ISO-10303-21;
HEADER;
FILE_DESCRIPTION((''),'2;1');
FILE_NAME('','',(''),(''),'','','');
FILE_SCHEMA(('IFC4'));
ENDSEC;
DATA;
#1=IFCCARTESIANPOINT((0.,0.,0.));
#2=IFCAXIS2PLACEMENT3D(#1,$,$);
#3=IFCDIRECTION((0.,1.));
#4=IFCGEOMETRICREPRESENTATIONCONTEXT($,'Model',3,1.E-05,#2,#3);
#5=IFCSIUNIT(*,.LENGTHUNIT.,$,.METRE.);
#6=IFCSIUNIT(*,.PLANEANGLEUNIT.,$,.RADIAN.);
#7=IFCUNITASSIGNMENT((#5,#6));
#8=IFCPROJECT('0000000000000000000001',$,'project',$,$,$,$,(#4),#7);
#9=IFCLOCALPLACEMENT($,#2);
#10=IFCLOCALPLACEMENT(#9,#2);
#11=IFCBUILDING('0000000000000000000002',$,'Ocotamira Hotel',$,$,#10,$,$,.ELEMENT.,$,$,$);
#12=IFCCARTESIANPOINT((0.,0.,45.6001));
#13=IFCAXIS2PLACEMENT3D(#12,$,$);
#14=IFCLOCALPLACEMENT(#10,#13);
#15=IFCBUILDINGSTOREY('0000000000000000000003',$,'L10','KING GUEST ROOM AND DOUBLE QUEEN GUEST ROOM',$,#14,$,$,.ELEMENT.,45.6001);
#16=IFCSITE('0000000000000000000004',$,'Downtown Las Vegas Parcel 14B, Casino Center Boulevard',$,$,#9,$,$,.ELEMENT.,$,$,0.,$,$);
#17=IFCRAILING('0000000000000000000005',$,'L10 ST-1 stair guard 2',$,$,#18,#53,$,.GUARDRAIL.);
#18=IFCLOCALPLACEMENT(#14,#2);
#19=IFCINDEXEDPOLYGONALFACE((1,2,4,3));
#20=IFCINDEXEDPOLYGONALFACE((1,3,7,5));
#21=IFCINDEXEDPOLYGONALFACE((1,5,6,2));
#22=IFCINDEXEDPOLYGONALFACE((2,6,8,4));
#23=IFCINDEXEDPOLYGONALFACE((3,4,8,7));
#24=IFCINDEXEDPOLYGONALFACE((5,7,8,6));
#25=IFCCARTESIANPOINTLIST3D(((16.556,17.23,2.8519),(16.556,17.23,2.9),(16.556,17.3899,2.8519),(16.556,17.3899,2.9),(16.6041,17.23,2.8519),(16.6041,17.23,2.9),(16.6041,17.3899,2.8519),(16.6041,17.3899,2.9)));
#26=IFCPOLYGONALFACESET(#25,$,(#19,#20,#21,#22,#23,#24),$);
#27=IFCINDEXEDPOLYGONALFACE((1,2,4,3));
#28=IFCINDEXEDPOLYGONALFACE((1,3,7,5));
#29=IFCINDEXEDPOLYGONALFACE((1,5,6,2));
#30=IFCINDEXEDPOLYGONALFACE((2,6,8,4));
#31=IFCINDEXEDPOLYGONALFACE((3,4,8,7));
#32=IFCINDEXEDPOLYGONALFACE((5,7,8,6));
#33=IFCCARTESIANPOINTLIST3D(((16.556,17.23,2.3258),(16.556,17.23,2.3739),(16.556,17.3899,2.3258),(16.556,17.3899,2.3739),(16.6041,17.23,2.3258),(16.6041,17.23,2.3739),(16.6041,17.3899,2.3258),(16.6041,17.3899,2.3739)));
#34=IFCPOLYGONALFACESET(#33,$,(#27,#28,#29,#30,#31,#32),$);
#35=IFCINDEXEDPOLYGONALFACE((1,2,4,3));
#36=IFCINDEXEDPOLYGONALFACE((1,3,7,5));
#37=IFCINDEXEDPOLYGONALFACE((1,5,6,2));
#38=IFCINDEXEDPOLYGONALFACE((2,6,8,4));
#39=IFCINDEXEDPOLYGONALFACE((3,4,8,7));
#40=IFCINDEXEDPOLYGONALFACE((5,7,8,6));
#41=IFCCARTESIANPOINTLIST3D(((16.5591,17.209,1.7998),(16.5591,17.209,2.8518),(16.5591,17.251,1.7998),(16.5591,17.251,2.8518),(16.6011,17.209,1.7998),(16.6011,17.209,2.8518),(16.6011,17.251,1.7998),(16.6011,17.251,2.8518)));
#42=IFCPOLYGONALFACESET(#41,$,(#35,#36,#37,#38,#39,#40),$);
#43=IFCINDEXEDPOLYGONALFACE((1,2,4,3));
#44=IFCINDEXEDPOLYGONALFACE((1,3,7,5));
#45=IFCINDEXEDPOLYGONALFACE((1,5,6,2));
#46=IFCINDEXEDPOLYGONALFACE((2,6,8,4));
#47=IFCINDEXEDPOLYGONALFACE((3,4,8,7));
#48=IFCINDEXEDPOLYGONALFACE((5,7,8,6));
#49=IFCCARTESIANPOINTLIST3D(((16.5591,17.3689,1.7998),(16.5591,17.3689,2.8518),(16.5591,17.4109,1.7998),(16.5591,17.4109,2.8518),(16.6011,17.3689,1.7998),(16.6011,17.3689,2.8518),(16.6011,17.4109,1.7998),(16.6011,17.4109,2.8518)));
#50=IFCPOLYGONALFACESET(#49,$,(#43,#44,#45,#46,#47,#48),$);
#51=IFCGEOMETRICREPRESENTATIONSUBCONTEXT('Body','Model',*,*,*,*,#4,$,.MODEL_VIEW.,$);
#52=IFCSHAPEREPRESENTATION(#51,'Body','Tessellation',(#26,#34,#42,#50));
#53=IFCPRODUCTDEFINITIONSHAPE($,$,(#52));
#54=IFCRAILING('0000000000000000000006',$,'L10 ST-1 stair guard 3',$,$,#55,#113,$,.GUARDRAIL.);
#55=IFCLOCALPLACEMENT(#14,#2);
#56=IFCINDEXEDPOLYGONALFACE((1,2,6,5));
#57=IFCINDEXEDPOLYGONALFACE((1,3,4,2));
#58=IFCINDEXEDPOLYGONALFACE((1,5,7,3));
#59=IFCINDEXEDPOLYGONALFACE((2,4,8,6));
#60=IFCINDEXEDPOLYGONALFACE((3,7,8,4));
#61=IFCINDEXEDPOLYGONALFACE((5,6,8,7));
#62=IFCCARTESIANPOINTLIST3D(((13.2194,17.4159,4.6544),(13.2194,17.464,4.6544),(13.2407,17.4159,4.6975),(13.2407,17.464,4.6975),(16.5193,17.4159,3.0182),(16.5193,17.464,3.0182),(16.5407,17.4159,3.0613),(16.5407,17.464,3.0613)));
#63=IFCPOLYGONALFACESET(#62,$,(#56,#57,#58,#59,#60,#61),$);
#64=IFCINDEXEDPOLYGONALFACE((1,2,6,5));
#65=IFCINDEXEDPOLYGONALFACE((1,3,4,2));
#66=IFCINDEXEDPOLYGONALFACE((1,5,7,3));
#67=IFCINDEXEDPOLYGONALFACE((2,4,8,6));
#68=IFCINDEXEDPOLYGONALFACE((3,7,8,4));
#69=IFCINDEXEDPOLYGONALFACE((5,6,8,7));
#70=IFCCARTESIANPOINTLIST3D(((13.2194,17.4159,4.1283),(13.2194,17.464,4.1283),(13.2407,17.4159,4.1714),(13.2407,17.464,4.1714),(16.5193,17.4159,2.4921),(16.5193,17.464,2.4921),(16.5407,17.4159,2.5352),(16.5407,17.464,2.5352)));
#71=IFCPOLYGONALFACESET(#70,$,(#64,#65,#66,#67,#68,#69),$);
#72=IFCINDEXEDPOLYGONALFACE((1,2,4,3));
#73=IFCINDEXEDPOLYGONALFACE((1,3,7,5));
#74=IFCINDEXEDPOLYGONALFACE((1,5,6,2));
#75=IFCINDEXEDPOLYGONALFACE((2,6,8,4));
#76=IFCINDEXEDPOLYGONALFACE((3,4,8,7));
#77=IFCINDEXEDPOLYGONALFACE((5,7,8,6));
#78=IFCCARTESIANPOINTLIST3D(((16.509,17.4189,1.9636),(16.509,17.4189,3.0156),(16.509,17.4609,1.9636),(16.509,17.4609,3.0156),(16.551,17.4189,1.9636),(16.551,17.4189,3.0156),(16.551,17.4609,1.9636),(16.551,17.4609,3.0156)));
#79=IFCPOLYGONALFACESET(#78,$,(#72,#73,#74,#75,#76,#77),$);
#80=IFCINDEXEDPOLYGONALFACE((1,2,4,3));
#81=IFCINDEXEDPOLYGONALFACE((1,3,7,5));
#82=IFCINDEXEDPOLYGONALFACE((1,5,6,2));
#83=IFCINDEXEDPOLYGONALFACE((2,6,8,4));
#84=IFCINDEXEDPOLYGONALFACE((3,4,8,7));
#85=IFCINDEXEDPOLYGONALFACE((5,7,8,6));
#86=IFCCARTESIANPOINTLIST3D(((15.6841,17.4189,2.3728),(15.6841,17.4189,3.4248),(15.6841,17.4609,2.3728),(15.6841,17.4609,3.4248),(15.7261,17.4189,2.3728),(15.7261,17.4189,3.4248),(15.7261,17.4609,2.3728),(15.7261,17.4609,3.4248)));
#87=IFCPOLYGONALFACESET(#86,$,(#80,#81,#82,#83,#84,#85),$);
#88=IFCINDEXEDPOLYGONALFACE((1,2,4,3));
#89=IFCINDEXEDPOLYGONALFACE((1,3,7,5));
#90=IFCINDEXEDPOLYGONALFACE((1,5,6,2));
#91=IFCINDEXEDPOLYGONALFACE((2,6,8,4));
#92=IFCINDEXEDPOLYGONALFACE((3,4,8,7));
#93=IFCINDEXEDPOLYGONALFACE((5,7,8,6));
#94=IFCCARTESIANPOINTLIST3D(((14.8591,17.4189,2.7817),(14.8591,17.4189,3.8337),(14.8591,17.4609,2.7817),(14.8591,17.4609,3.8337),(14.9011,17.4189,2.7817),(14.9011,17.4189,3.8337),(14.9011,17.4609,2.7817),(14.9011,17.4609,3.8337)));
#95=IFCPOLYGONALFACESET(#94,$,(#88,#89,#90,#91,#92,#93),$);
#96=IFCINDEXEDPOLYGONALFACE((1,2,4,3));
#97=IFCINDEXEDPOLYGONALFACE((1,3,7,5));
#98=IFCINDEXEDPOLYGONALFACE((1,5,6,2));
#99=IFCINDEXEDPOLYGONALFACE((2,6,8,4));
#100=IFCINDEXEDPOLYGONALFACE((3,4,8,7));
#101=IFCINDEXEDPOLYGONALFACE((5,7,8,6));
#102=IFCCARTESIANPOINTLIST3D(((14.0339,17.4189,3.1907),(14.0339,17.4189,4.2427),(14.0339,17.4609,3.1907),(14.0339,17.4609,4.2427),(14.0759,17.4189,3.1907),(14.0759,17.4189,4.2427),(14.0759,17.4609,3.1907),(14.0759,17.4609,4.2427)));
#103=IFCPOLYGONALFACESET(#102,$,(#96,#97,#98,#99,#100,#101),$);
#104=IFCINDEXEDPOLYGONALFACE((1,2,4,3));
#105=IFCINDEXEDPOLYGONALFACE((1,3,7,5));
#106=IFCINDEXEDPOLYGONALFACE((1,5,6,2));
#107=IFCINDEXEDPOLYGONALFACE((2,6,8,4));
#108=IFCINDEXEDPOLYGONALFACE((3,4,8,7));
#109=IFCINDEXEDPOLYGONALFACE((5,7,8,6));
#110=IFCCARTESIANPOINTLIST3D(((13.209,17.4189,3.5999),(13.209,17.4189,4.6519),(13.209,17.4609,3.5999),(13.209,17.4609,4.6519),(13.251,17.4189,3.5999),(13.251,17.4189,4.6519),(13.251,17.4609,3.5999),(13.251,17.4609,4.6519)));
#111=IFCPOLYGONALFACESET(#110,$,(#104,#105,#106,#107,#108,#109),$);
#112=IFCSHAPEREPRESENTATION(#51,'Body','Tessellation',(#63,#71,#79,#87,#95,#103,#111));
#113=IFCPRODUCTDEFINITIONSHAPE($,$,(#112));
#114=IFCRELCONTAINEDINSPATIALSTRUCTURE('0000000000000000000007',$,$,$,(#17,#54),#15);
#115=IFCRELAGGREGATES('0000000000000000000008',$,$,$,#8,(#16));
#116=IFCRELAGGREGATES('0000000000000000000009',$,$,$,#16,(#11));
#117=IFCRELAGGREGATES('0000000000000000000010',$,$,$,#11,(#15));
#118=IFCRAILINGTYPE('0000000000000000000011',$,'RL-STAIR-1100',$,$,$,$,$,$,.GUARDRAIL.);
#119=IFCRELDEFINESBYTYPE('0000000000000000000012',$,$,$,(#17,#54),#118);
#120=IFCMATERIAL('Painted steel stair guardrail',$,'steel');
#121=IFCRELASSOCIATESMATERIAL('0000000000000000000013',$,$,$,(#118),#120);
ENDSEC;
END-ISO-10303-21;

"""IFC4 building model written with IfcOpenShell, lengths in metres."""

from ifc_helpers import new_model, si_unit, direction, frame, origin, origin_2d, place, context, subcontext, project, spatial, rectangle, extrude, material, type_object, element, save


model = new_model("IFC4")

# Units and contexts
model_context = context("Model", 3, precision=1e-05, world=origin(), true_north=direction((0.0, 1.0)))
body_context = subcontext(model_context, "Body", "Model", "MODEL_VIEW")
ifc_project = project(units=[si_unit("LENGTHUNIT", "METRE"), si_unit("PLANEANGLEUNIT", "RADIAN")], contexts=[model_context])

# Site, building, storey
site_placement = place(None, origin())
site = spatial("IfcSite", under=ifc_project, at=site_placement, Name="Downtown Las Vegas Parcel 14B, Casino Center Boulevard", CompositionType="ELEMENT", RefElevation=0.0)
building_placement = place(site_placement, origin())
building = spatial("IfcBuilding", under=site, at=building_placement, Name="Ocotamira Hotel", CompositionType="ELEMENT")
storey_placement = place(building_placement, frame((0.0, 0.0, 45.6001)))
storey = spatial("IfcBuildingStorey", under=building, at=storey_placement, Name="L10", Description="KING GUEST ROOM AND DOUBLE QUEEN GUEST ROOM", CompositionType="ELEMENT", Elevation=45.6001)

# Railings
ifc_material_1 = material(Name="Painted steel stair guardrail", Category="steel")
railing_type_1 = type_object("IfcRailingType", Name="RL-STAIR-1100", PredefinedType="GUARDRAIL", material=ifc_material_1)
railing_1_placement = place(storey_placement, frame((16.5801, 17.23, 1.7998)))
element("IfcRailing", 1, at=railing_1_placement, inside=storey, type_object=railing_type_1, Name="L10 ST-1 stair guard 2", PredefinedType="GUARDRAIL", context=body_context, shape_type="SweptSolid", body=[
    extrude(rectangle(XDim=0.0481, YDim=0.0481, at=origin_2d()), frame((0.0, 0.0, 1.0762), z_axis=(0.0, 1.0, 0.0), x_axis=(-1.0, 0.0, 0.0)), (0.0, 0.0, 1.0), 0.1599),
    extrude(rectangle(XDim=0.0481, YDim=0.0481, at=origin_2d()), frame((0.0, 0.0, 0.55), z_axis=(0.0, 1.0, 0.0), x_axis=(-1.0, 0.0, 0.0)), (0.0, 0.0, 1.0), 0.1599),
    extrude(rectangle(XDim=0.042, YDim=0.042, at=origin_2d()), origin(), (0.0, 0.0, 1.0), 1.052),
    extrude(rectangle(XDim=0.042, YDim=0.042, at=origin_2d()), frame((0.0, 0.1599, 0.0)), (0.0, 0.0, 1.0), 1.052),
])
railing_2_placement = place(storey_placement, frame((16.53, 17.4399, 1.9636)))
element("IfcRailing", 2, at=railing_2_placement, inside=storey, type_object=railing_type_1, Name="L10 ST-1 stair guard 3", PredefinedType="GUARDRAIL", context=body_context, shape_type="SweptSolid", body=[
    extrude(rectangle(XDim=0.0481, YDim=0.0481, at=origin_2d()), frame((0.0, 0.0, 1.0762), z_axis=(-0.89592, 0.0, 0.444215), x_axis=(0.0, -1.0, 0.0)), (0.0, 0.0, 1.0), 3.6833),
    extrude(rectangle(XDim=0.0481, YDim=0.0481, at=origin_2d()), frame((0.0, 0.0, 0.55), z_axis=(-0.89592, 0.0, 0.444215), x_axis=(0.0, -1.0, 0.0)), (0.0, 0.0, 1.0), 3.6833),
    extrude(rectangle(XDim=0.042, YDim=0.042, at=origin_2d()), origin(), (0.0, 0.0, 1.0), 1.052),
    extrude(rectangle(XDim=0.042, YDim=0.042, at=origin_2d()), frame((-0.825, 0.0, 0.4092)), (0.0, 0.0, 1.0), 1.052),
    extrude(rectangle(XDim=0.042, YDim=0.042, at=origin_2d()), frame((-1.6499, 0.0, 0.8181)), (0.0, 0.0, 1.0), 1.052),
    extrude(rectangle(XDim=0.042, YDim=0.042, at=origin_2d()), frame((-2.4751, 0.0, 1.2271)), (0.0, 0.0, 1.0), 1.052),
    extrude(rectangle(XDim=0.042, YDim=0.042, at=origin_2d()), frame((-3.3, 0.0, 1.6362)), (0.0, 0.0, 1.0), 1.052),
])

save(model, "model.ifc")
